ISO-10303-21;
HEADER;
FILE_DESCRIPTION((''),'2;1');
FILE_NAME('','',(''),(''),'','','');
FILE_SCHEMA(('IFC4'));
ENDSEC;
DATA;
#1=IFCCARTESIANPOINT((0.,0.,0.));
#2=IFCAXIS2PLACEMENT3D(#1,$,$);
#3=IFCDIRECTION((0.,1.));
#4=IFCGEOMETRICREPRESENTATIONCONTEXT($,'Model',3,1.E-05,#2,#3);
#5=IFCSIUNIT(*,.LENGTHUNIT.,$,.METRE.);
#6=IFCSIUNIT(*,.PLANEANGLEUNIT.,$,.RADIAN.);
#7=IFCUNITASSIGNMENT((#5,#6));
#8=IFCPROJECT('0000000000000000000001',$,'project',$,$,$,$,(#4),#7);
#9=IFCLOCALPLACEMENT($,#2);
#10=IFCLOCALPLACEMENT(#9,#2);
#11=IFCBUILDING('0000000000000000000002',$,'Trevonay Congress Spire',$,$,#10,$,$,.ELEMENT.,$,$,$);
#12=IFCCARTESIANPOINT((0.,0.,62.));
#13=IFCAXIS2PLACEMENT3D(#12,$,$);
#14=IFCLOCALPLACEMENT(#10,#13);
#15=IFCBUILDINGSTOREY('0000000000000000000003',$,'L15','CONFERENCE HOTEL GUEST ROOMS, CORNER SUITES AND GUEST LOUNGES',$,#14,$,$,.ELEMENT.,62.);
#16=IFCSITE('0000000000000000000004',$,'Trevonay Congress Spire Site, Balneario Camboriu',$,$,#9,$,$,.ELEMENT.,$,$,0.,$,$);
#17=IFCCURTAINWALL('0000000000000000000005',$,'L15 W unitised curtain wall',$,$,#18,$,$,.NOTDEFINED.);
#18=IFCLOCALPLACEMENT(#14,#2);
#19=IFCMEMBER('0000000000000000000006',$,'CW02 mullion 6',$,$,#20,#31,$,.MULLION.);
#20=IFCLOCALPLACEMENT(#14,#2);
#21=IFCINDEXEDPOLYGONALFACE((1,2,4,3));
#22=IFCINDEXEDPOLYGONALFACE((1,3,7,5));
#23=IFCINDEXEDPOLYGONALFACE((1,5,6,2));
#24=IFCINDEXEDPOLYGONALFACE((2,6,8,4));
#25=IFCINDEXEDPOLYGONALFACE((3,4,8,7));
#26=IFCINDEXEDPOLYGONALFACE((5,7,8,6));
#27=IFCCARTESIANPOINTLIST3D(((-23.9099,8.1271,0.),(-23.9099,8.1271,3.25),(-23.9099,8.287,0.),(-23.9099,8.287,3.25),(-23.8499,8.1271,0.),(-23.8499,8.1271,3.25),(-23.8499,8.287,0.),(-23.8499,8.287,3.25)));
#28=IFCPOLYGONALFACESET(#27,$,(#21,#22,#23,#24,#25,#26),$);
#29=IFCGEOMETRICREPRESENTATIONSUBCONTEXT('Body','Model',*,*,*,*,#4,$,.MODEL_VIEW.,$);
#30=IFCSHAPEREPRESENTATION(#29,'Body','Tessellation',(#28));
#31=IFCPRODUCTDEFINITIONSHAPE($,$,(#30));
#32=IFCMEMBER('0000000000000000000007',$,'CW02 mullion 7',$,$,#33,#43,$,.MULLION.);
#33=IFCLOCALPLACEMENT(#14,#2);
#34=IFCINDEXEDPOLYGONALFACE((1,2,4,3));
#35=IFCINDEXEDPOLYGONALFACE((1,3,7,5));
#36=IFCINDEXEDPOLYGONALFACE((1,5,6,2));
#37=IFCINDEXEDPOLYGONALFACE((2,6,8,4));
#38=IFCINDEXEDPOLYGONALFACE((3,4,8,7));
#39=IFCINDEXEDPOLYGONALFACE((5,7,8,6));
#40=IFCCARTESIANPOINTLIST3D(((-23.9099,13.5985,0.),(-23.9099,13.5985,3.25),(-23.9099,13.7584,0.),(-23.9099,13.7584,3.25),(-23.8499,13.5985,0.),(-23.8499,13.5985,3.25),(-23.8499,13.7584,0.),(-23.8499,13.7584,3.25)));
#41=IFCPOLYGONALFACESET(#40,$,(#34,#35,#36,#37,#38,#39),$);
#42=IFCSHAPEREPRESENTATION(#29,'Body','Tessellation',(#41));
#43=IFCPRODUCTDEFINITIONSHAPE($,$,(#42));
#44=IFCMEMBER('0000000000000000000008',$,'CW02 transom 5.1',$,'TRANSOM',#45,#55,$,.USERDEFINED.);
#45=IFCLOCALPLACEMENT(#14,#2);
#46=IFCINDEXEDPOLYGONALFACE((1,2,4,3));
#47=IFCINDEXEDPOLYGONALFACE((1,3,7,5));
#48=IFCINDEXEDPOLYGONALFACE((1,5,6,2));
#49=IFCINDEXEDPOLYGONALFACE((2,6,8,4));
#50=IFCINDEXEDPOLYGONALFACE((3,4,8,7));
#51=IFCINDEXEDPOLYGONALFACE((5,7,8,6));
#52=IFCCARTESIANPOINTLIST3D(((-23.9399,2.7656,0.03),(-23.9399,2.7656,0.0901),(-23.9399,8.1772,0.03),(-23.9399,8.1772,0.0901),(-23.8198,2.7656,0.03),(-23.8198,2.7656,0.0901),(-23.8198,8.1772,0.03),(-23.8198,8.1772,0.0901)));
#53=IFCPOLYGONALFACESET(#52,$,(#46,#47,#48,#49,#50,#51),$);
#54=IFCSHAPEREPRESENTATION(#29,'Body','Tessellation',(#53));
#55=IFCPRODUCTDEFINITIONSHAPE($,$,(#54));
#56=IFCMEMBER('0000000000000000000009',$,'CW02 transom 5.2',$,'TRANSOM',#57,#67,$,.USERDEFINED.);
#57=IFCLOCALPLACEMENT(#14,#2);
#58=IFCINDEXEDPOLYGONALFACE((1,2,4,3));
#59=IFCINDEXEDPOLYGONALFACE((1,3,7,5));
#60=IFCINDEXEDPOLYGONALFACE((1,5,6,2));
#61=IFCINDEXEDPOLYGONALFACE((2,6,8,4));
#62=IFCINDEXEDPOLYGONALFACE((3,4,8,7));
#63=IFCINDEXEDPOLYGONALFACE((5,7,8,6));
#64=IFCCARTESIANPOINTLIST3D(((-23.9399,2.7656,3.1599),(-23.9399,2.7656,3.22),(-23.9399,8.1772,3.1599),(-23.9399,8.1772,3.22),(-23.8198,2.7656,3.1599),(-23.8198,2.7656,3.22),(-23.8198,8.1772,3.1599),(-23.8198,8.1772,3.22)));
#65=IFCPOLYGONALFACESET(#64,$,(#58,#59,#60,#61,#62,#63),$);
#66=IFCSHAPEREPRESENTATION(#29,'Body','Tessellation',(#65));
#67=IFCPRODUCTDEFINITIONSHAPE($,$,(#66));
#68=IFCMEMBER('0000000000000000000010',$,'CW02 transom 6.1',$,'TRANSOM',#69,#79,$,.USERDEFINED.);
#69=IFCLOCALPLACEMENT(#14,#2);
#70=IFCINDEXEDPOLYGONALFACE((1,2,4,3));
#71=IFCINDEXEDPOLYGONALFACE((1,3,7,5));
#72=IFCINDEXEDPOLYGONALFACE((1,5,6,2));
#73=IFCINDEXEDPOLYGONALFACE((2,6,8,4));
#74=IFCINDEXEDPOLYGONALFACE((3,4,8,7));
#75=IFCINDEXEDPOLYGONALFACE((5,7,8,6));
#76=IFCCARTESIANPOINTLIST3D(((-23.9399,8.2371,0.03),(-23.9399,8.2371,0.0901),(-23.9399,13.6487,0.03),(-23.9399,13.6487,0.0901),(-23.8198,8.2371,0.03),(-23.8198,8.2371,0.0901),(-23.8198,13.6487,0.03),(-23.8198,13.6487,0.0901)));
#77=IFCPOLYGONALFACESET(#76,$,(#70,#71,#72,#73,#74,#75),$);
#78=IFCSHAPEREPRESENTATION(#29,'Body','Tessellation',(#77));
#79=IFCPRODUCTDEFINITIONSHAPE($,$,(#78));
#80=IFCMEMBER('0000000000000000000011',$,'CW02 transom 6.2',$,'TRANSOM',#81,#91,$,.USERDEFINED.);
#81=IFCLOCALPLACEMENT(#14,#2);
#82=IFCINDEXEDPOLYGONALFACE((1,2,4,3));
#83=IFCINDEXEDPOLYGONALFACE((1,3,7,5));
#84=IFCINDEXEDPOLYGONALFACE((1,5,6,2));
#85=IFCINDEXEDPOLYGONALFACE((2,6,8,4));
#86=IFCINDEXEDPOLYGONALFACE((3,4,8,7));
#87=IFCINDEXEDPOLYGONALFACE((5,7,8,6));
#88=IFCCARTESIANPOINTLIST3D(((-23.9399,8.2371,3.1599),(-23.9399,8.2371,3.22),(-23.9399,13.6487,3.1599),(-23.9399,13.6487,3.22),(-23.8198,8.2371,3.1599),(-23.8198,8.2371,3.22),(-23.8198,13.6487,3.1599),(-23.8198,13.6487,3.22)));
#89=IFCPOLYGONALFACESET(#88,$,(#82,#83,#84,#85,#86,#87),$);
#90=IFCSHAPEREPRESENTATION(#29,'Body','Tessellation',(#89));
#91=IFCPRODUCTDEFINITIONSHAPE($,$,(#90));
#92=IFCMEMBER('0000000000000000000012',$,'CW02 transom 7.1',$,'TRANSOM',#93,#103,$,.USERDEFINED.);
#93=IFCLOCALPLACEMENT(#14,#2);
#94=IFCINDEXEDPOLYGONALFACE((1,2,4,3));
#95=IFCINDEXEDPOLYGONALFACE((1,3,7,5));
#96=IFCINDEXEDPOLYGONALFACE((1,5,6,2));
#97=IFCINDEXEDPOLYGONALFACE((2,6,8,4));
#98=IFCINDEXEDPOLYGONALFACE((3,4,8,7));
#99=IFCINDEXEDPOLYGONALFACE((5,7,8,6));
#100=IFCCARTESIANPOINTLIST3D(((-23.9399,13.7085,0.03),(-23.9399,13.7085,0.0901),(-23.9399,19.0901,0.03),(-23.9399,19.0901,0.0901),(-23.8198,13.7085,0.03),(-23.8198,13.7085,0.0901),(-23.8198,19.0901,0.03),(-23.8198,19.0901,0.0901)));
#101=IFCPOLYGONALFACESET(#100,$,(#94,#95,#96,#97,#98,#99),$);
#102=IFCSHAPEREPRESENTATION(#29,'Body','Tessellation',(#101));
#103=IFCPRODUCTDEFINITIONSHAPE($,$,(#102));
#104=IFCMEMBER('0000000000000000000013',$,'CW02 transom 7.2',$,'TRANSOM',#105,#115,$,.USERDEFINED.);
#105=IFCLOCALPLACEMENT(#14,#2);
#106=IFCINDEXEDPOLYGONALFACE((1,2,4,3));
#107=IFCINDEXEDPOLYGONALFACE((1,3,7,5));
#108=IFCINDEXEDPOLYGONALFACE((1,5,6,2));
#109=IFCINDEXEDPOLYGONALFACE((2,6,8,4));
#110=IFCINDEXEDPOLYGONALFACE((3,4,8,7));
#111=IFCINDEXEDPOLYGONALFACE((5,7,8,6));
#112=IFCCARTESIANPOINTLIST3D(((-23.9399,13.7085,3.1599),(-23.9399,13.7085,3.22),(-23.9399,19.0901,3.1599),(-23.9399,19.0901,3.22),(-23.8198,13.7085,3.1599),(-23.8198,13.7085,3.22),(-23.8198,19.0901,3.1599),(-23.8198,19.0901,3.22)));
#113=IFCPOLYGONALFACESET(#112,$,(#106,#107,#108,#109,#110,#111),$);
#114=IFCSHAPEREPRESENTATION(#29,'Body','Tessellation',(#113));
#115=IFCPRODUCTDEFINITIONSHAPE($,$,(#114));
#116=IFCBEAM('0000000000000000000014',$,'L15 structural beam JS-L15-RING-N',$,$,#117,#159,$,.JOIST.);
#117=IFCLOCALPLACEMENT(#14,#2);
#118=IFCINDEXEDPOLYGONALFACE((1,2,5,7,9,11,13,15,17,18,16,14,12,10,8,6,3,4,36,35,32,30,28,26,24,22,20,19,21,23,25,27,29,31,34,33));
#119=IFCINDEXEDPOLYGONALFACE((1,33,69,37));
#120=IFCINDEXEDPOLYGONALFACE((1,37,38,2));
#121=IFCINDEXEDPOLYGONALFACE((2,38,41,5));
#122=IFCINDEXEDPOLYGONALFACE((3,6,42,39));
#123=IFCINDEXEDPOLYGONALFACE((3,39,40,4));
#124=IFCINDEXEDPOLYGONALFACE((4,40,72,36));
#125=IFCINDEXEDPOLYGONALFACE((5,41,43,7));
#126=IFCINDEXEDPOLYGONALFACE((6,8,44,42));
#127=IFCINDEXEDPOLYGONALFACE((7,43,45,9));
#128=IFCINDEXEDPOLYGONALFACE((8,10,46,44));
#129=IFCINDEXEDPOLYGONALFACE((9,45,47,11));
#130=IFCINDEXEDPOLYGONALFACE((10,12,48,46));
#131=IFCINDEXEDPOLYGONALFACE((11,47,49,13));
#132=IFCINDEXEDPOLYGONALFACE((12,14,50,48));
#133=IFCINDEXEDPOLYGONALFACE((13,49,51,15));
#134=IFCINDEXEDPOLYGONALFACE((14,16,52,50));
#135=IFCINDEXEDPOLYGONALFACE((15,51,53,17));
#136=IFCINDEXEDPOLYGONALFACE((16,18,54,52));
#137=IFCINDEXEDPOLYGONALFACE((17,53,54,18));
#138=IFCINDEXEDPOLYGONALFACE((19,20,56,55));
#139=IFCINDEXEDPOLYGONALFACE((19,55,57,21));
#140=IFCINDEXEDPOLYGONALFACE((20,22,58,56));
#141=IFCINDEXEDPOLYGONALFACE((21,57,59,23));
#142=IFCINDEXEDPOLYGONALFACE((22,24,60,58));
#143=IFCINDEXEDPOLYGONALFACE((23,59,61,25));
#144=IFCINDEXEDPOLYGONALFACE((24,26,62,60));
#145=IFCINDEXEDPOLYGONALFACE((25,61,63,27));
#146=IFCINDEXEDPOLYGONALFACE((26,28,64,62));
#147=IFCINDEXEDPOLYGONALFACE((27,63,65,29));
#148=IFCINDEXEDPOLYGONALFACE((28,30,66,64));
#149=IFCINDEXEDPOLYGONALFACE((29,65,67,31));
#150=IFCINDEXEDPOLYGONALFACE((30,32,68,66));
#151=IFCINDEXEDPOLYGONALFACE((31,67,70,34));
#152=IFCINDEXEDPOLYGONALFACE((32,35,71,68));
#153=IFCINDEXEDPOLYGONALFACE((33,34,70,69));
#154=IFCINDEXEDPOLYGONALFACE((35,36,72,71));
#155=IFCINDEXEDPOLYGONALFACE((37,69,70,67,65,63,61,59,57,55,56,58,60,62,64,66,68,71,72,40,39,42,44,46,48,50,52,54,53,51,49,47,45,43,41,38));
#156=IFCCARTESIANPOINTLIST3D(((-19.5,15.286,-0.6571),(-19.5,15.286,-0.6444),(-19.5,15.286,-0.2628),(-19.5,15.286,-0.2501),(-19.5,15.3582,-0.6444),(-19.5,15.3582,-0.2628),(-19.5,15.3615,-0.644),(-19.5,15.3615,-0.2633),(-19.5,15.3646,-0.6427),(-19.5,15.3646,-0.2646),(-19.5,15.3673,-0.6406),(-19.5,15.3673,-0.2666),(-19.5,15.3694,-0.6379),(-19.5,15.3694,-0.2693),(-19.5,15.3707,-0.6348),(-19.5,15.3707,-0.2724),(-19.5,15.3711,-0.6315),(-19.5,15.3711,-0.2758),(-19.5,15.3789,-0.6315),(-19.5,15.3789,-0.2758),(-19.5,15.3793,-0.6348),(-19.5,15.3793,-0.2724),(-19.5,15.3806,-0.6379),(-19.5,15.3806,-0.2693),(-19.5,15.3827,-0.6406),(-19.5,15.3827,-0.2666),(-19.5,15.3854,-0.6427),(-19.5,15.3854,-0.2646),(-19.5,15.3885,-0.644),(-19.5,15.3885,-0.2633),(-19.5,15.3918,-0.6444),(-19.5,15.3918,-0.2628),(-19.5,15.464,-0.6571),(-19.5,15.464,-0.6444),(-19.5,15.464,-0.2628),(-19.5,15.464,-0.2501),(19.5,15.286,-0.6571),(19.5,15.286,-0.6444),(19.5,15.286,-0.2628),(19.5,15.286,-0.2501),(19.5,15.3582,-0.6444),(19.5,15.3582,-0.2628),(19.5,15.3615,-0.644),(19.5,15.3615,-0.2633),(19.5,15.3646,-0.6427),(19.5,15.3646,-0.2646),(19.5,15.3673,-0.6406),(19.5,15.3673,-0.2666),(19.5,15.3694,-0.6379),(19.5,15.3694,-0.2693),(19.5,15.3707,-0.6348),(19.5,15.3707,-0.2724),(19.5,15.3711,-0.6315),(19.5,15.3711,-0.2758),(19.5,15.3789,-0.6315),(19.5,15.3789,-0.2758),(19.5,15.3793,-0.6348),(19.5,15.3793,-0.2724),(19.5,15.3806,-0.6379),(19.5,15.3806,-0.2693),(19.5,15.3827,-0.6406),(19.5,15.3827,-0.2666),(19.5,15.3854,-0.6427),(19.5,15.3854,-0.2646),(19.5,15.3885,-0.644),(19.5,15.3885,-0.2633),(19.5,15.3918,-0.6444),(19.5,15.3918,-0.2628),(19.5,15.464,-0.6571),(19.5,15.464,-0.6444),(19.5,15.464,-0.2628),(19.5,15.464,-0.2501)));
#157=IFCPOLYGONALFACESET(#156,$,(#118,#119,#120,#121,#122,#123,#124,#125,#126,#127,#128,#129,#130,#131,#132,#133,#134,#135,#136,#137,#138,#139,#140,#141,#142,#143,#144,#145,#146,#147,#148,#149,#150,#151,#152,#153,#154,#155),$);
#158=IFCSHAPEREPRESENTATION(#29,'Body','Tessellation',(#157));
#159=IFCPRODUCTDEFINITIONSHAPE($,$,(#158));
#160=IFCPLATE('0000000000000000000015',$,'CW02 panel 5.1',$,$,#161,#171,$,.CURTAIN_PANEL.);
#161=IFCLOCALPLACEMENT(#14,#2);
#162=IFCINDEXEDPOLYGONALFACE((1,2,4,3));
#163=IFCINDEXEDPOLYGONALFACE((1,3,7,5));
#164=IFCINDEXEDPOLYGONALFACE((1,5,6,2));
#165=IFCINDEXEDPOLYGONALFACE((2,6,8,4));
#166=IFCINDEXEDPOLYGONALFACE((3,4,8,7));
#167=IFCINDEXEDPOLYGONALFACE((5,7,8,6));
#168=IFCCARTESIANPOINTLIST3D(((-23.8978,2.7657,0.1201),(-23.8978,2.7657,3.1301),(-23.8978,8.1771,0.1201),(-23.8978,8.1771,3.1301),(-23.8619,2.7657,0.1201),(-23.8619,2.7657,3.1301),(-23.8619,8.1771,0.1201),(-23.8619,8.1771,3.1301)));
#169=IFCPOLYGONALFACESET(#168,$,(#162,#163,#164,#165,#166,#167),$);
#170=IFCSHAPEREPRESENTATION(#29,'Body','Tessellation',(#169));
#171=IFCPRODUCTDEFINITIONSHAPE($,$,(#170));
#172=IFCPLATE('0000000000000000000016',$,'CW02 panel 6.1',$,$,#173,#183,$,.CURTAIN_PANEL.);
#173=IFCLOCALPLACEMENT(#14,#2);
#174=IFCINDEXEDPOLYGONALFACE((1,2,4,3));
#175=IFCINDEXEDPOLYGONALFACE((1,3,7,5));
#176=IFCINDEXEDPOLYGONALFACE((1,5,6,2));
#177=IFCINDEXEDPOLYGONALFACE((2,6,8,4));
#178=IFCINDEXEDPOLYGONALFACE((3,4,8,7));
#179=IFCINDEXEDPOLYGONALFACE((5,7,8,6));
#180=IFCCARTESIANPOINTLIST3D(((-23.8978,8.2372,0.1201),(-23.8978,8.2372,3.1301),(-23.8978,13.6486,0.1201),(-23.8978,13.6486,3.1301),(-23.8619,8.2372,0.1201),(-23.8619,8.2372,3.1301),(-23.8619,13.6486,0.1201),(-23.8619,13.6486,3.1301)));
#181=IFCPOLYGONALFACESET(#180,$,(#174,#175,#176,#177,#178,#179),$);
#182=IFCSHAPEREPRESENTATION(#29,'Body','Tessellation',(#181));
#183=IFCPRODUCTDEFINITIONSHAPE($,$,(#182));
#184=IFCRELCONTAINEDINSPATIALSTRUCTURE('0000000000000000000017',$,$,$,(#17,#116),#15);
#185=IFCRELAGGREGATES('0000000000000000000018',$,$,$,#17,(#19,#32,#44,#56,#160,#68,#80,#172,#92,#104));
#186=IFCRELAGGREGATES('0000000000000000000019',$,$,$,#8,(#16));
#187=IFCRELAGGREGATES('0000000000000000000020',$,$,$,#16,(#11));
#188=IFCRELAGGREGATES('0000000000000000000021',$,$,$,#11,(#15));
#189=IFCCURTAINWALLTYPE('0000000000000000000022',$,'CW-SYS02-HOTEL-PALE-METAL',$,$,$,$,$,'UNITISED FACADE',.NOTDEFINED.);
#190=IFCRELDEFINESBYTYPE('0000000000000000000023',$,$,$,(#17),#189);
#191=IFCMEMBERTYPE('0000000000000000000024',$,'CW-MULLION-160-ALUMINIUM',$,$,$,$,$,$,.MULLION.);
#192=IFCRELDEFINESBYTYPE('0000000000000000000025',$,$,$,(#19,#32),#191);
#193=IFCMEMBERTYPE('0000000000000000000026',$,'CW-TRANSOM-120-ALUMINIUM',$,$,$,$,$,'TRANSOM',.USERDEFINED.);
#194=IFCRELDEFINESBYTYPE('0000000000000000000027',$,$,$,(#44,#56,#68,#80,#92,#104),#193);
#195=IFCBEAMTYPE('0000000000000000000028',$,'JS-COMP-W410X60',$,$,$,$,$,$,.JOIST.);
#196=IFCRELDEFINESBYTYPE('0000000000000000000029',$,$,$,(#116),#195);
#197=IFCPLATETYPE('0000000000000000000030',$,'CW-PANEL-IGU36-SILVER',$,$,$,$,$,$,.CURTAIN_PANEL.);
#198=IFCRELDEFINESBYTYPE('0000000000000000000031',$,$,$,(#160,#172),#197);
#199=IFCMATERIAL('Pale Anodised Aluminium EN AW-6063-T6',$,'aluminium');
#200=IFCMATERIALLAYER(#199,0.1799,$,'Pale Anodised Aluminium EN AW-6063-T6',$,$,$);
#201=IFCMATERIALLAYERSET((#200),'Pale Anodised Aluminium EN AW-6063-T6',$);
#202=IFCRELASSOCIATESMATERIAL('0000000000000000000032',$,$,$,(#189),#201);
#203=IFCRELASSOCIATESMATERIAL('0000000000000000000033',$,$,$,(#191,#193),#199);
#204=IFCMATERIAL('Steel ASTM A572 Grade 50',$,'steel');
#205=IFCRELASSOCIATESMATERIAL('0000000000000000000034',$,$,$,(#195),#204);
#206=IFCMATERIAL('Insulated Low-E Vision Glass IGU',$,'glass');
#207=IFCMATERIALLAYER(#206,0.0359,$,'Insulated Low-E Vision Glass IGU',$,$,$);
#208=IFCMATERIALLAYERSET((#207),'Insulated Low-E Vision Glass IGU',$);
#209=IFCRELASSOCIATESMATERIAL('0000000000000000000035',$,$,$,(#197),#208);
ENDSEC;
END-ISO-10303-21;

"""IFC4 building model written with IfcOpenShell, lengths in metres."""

from ifc_helpers import new_model, si_unit, direction, frame, origin, origin_2d, place, context, subcontext, project, spatial, rectangle, i_section, extrude, material, layer, layer_set, material_profile, profile_set, type_object, element, aggregate, save


model = new_model("IFC4")

# Units and contexts
model_context = context("Model", 3, precision=1e-05, world=origin(), true_north=direction((0.0, 1.0)))
body_context = subcontext(model_context, "Body", "Model", "MODEL_VIEW")
ifc_project = project(units=[si_unit("LENGTHUNIT", "METRE"), si_unit("PLANEANGLEUNIT", "RADIAN")], contexts=[model_context])

# Site, building, storey
site_placement = place(None, origin())
site = spatial("IfcSite", under=ifc_project, at=site_placement, Name="Trevonay Congress Spire Site, Balneario Camboriu", CompositionType="ELEMENT", RefElevation=0.0)
building_placement = place(site_placement, origin())
building = spatial("IfcBuilding", under=site, at=building_placement, Name="Trevonay Congress Spire", CompositionType="ELEMENT")
storey_placement = place(building_placement, frame((0.0, 0.0, 62.0)))
storey = spatial("IfcBuildingStorey", under=building, at=storey_placement, Name="L15", Description="CONFERENCE HOTEL GUEST ROOMS, CORNER SUITES AND GUEST LOUNGES", CompositionType="ELEMENT", Elevation=62.0)

# Shared definitions
ifc_material_1 = material(Name="Steel ASTM A572 Grade 50", Category="steel")

# Curtain wall, members
ifc_material_2 = material(Name="Pale Anodised Aluminium EN AW-6063-T6", Category="aluminium")
ifc_layer_1 = layer(ifc_material_2, 0.1799, Name="Pale Anodised Aluminium EN AW-6063-T6")
ifc_layer_set_1 = layer_set([ifc_layer_1], Name="Pale Anodised Aluminium EN AW-6063-T6")
curtain_wall_type = type_object("IfcCurtainWallType", Name="CW-SYS02-HOTEL-PALE-METAL", ElementType="UNITISED FACADE", PredefinedType="NOTDEFINED", material=ifc_layer_set_1)
curtain_wall_placement = place(storey_placement, origin())
curtain_wall = element("IfcCurtainWall", 1, at=curtain_wall_placement, inside=storey, type_object=curtain_wall_type, Name="L15 W unitised curtain wall", PredefinedType="NOTDEFINED")
ifc_material_profile_1 = material_profile(ifc_material_2, rectangle(XDim=0.0601, YDim=0.1599, at=origin_2d()), Name="CW-MULLION-160-ALUMINIUM")
ifc_profile_set_1 = profile_set([ifc_material_profile_1], Name="Pale Anodised Aluminium EN AW-6063-T6")
member_type_1 = type_object("IfcMemberType", Name="CW-MULLION-160-ALUMINIUM", PredefinedType="MULLION", material=ifc_profile_set_1)
member_1_placement = place(storey_placement, frame((-23.8799, 8.207, 0.0), z_axis=(0.0, 0.0, 1.0), x_axis=(-1.0, 0.0, 0.0)))
member_1 = element("IfcMember", 2, at=member_1_placement, type_object=member_type_1, Name="CW02 mullion 6", PredefinedType="MULLION", context=body_context, shape_type="SweptSolid", body=[
    extrude(rectangle(XDim=0.0601, YDim=0.1599, at=origin_2d()), origin(), (0.0, 0.0, 1.0), 3.25),
])
member_2_placement = place(storey_placement, frame((-23.8799, 13.6785, 0.0), z_axis=(0.0, 0.0, 1.0), x_axis=(-1.0, 0.0, 0.0)))
member_2 = element("IfcMember", 3, at=member_2_placement, type_object=member_type_1, Name="CW02 mullion 7", PredefinedType="MULLION", context=body_context, shape_type="SweptSolid", body=[
    extrude(rectangle(XDim=0.0601, YDim=0.1599, at=origin_2d()), origin(), (0.0, 0.0, 1.0), 3.25),
])
ifc_material_profile_2 = material_profile(ifc_material_2, rectangle(XDim=0.1201, YDim=0.0601, at=origin_2d()), Name="CW-TRANSOM-120-ALUMINIUM")
ifc_profile_set_2 = profile_set([ifc_material_profile_2], Name="Pale Anodised Aluminium EN AW-6063-T6")
member_type_2 = type_object("IfcMemberType", Name="CW-TRANSOM-120-ALUMINIUM", ElementType="TRANSOM", PredefinedType="USERDEFINED", material=ifc_profile_set_2)
member_3_placement = place(storey_placement, frame((-23.8799, 2.7656, 0.0601), z_axis=(0.0, 1.0, 0.0), x_axis=(-1.0, 0.0, 0.0)))
member_3 = element("IfcMember", 4, at=member_3_placement, type_object=member_type_2, Name="CW02 transom 5.1", ObjectType="TRANSOM", PredefinedType="USERDEFINED", context=body_context, shape_type="SweptSolid", body=[
    extrude(rectangle(XDim=0.1201, YDim=0.0601, at=origin_2d()), origin(), (0.0, 0.0, 1.0), 5.4116),
])
member_4_placement = place(storey_placement, frame((-23.8799, 2.7656, 3.1899), z_axis=(0.0, 1.0, 0.0), x_axis=(-1.0, 0.0, 0.0)))
member_4 = element("IfcMember", 5, at=member_4_placement, type_object=member_type_2, Name="CW02 transom 5.2", ObjectType="TRANSOM", PredefinedType="USERDEFINED", context=body_context, shape_type="SweptSolid", body=[
    extrude(rectangle(XDim=0.1201, YDim=0.0601, at=origin_2d()), origin(), (0.0, 0.0, 1.0), 5.4116),
])
member_5_placement = place(storey_placement, frame((-23.8799, 8.2371, 0.0601), z_axis=(0.0, 1.0, 0.0), x_axis=(-1.0, 0.0, 0.0)))
member_5 = element("IfcMember", 6, at=member_5_placement, type_object=member_type_2, Name="CW02 transom 6.1", ObjectType="TRANSOM", PredefinedType="USERDEFINED", context=body_context, shape_type="SweptSolid", body=[
    extrude(rectangle(XDim=0.1201, YDim=0.0601, at=origin_2d()), origin(), (0.0, 0.0, 1.0), 5.4116),
])
member_6_placement = place(storey_placement, frame((-23.8799, 8.2371, 3.1899), z_axis=(0.0, 1.0, 0.0), x_axis=(-1.0, 0.0, 0.0)))
member_6 = element("IfcMember", 7, at=member_6_placement, type_object=member_type_2, Name="CW02 transom 6.2", ObjectType="TRANSOM", PredefinedType="USERDEFINED", context=body_context, shape_type="SweptSolid", body=[
    extrude(rectangle(XDim=0.1201, YDim=0.0601, at=origin_2d()), origin(), (0.0, 0.0, 1.0), 5.4116),
])
member_7_placement = place(storey_placement, frame((-23.8799, 13.7085, 0.0601), z_axis=(0.0, 1.0, 0.0), x_axis=(-1.0, 0.0, 0.0)))
member_7 = element("IfcMember", 8, at=member_7_placement, type_object=member_type_2, Name="CW02 transom 7.1", ObjectType="TRANSOM", PredefinedType="USERDEFINED", context=body_context, shape_type="SweptSolid", body=[
    extrude(rectangle(XDim=0.1201, YDim=0.0601, at=origin_2d()), origin(), (0.0, 0.0, 1.0), 5.3816),
])
member_8_placement = place(storey_placement, frame((-23.8799, 13.7085, 3.1899), z_axis=(0.0, 1.0, 0.0), x_axis=(-1.0, 0.0, 0.0)))
member_8 = element("IfcMember", 9, at=member_8_placement, type_object=member_type_2, Name="CW02 transom 7.2", ObjectType="TRANSOM", PredefinedType="USERDEFINED", context=body_context, shape_type="SweptSolid", body=[
    extrude(rectangle(XDim=0.1201, YDim=0.0601, at=origin_2d()), origin(), (0.0, 0.0, 1.0), 5.3816),
])

# Beam
ifc_material_profile_3 = material_profile(ifc_material_1, i_section(OverallWidth=0.178, OverallDepth=0.407, WebThickness=0.0078, FlangeThickness=0.0127, FilletRadius=0.0129, at=origin_2d()), Name="W410x60")
ifc_profile_set_3 = profile_set([ifc_material_profile_3], Name="Steel ASTM A572 Grade 50")
beam_type_1 = type_object("IfcBeamType", Name="JS-COMP-W410X60", PredefinedType="JOIST", material=ifc_profile_set_3)
beam_1_placement = place(storey_placement, frame((-19.5, 15.375, -0.4536), z_axis=(1.0, 0.0, 0.0), x_axis=(0.0, 1.0, 0.0)))
element("IfcBeam", 10, at=beam_1_placement, inside=storey, type_object=beam_type_1, Name="L15 structural beam JS-L15-RING-N", PredefinedType="JOIST", context=body_context, shape_type="SweptSolid", body=[
    extrude(i_section(OverallWidth=0.178, OverallDepth=0.407, WebThickness=0.0078, FlangeThickness=0.0127, FilletRadius=0.0129, at=origin_2d()), origin(), (0.0, 0.0, 1.0), 39.0),
])

# Plates
ifc_material_3 = material(Name="Insulated Low-E Vision Glass IGU", Category="glass")
ifc_layer_2 = layer(ifc_material_3, 0.0359, Name="Insulated Low-E Vision Glass IGU")
ifc_layer_set_2 = layer_set([ifc_layer_2], Name="Insulated Low-E Vision Glass IGU")
plate_type = type_object("IfcPlateType", Name="CW-PANEL-IGU36-SILVER", PredefinedType="CURTAIN_PANEL", material=ifc_layer_set_2)
plate_1_placement = place(storey_placement, frame((-23.8799, 5.4714, 0.1201), z_axis=(0.0, 0.0, 1.0), x_axis=(0.0, 1.0, 0.0)))
plate_1 = element("IfcPlate", 11, at=plate_1_placement, type_object=plate_type, Name="CW02 panel 5.1", PredefinedType="CURTAIN_PANEL", context=body_context, shape_type="SweptSolid", body=[
    extrude(rectangle(XDim=5.4114, YDim=0.0359, at=origin_2d()), origin(), (0.0, 0.0, 1.0), 3.01),
])
plate_2_placement = place(storey_placement, frame((-23.8799, 10.9429, 0.1201), z_axis=(0.0, 0.0, 1.0), x_axis=(0.0, 1.0, 0.0)))
plate_2 = element("IfcPlate", 12, at=plate_2_placement, type_object=plate_type, Name="CW02 panel 6.1", PredefinedType="CURTAIN_PANEL", context=body_context, shape_type="SweptSolid", body=[
    extrude(rectangle(XDim=5.4114, YDim=0.0359, at=origin_2d()), origin(), (0.0, 0.0, 1.0), 3.01),
])
aggregate(curtain_wall, [member_1, member_2, member_3, member_4, plate_1, member_5, member_6, plate_2, member_7, member_8])

save(model, "model.ifc")
